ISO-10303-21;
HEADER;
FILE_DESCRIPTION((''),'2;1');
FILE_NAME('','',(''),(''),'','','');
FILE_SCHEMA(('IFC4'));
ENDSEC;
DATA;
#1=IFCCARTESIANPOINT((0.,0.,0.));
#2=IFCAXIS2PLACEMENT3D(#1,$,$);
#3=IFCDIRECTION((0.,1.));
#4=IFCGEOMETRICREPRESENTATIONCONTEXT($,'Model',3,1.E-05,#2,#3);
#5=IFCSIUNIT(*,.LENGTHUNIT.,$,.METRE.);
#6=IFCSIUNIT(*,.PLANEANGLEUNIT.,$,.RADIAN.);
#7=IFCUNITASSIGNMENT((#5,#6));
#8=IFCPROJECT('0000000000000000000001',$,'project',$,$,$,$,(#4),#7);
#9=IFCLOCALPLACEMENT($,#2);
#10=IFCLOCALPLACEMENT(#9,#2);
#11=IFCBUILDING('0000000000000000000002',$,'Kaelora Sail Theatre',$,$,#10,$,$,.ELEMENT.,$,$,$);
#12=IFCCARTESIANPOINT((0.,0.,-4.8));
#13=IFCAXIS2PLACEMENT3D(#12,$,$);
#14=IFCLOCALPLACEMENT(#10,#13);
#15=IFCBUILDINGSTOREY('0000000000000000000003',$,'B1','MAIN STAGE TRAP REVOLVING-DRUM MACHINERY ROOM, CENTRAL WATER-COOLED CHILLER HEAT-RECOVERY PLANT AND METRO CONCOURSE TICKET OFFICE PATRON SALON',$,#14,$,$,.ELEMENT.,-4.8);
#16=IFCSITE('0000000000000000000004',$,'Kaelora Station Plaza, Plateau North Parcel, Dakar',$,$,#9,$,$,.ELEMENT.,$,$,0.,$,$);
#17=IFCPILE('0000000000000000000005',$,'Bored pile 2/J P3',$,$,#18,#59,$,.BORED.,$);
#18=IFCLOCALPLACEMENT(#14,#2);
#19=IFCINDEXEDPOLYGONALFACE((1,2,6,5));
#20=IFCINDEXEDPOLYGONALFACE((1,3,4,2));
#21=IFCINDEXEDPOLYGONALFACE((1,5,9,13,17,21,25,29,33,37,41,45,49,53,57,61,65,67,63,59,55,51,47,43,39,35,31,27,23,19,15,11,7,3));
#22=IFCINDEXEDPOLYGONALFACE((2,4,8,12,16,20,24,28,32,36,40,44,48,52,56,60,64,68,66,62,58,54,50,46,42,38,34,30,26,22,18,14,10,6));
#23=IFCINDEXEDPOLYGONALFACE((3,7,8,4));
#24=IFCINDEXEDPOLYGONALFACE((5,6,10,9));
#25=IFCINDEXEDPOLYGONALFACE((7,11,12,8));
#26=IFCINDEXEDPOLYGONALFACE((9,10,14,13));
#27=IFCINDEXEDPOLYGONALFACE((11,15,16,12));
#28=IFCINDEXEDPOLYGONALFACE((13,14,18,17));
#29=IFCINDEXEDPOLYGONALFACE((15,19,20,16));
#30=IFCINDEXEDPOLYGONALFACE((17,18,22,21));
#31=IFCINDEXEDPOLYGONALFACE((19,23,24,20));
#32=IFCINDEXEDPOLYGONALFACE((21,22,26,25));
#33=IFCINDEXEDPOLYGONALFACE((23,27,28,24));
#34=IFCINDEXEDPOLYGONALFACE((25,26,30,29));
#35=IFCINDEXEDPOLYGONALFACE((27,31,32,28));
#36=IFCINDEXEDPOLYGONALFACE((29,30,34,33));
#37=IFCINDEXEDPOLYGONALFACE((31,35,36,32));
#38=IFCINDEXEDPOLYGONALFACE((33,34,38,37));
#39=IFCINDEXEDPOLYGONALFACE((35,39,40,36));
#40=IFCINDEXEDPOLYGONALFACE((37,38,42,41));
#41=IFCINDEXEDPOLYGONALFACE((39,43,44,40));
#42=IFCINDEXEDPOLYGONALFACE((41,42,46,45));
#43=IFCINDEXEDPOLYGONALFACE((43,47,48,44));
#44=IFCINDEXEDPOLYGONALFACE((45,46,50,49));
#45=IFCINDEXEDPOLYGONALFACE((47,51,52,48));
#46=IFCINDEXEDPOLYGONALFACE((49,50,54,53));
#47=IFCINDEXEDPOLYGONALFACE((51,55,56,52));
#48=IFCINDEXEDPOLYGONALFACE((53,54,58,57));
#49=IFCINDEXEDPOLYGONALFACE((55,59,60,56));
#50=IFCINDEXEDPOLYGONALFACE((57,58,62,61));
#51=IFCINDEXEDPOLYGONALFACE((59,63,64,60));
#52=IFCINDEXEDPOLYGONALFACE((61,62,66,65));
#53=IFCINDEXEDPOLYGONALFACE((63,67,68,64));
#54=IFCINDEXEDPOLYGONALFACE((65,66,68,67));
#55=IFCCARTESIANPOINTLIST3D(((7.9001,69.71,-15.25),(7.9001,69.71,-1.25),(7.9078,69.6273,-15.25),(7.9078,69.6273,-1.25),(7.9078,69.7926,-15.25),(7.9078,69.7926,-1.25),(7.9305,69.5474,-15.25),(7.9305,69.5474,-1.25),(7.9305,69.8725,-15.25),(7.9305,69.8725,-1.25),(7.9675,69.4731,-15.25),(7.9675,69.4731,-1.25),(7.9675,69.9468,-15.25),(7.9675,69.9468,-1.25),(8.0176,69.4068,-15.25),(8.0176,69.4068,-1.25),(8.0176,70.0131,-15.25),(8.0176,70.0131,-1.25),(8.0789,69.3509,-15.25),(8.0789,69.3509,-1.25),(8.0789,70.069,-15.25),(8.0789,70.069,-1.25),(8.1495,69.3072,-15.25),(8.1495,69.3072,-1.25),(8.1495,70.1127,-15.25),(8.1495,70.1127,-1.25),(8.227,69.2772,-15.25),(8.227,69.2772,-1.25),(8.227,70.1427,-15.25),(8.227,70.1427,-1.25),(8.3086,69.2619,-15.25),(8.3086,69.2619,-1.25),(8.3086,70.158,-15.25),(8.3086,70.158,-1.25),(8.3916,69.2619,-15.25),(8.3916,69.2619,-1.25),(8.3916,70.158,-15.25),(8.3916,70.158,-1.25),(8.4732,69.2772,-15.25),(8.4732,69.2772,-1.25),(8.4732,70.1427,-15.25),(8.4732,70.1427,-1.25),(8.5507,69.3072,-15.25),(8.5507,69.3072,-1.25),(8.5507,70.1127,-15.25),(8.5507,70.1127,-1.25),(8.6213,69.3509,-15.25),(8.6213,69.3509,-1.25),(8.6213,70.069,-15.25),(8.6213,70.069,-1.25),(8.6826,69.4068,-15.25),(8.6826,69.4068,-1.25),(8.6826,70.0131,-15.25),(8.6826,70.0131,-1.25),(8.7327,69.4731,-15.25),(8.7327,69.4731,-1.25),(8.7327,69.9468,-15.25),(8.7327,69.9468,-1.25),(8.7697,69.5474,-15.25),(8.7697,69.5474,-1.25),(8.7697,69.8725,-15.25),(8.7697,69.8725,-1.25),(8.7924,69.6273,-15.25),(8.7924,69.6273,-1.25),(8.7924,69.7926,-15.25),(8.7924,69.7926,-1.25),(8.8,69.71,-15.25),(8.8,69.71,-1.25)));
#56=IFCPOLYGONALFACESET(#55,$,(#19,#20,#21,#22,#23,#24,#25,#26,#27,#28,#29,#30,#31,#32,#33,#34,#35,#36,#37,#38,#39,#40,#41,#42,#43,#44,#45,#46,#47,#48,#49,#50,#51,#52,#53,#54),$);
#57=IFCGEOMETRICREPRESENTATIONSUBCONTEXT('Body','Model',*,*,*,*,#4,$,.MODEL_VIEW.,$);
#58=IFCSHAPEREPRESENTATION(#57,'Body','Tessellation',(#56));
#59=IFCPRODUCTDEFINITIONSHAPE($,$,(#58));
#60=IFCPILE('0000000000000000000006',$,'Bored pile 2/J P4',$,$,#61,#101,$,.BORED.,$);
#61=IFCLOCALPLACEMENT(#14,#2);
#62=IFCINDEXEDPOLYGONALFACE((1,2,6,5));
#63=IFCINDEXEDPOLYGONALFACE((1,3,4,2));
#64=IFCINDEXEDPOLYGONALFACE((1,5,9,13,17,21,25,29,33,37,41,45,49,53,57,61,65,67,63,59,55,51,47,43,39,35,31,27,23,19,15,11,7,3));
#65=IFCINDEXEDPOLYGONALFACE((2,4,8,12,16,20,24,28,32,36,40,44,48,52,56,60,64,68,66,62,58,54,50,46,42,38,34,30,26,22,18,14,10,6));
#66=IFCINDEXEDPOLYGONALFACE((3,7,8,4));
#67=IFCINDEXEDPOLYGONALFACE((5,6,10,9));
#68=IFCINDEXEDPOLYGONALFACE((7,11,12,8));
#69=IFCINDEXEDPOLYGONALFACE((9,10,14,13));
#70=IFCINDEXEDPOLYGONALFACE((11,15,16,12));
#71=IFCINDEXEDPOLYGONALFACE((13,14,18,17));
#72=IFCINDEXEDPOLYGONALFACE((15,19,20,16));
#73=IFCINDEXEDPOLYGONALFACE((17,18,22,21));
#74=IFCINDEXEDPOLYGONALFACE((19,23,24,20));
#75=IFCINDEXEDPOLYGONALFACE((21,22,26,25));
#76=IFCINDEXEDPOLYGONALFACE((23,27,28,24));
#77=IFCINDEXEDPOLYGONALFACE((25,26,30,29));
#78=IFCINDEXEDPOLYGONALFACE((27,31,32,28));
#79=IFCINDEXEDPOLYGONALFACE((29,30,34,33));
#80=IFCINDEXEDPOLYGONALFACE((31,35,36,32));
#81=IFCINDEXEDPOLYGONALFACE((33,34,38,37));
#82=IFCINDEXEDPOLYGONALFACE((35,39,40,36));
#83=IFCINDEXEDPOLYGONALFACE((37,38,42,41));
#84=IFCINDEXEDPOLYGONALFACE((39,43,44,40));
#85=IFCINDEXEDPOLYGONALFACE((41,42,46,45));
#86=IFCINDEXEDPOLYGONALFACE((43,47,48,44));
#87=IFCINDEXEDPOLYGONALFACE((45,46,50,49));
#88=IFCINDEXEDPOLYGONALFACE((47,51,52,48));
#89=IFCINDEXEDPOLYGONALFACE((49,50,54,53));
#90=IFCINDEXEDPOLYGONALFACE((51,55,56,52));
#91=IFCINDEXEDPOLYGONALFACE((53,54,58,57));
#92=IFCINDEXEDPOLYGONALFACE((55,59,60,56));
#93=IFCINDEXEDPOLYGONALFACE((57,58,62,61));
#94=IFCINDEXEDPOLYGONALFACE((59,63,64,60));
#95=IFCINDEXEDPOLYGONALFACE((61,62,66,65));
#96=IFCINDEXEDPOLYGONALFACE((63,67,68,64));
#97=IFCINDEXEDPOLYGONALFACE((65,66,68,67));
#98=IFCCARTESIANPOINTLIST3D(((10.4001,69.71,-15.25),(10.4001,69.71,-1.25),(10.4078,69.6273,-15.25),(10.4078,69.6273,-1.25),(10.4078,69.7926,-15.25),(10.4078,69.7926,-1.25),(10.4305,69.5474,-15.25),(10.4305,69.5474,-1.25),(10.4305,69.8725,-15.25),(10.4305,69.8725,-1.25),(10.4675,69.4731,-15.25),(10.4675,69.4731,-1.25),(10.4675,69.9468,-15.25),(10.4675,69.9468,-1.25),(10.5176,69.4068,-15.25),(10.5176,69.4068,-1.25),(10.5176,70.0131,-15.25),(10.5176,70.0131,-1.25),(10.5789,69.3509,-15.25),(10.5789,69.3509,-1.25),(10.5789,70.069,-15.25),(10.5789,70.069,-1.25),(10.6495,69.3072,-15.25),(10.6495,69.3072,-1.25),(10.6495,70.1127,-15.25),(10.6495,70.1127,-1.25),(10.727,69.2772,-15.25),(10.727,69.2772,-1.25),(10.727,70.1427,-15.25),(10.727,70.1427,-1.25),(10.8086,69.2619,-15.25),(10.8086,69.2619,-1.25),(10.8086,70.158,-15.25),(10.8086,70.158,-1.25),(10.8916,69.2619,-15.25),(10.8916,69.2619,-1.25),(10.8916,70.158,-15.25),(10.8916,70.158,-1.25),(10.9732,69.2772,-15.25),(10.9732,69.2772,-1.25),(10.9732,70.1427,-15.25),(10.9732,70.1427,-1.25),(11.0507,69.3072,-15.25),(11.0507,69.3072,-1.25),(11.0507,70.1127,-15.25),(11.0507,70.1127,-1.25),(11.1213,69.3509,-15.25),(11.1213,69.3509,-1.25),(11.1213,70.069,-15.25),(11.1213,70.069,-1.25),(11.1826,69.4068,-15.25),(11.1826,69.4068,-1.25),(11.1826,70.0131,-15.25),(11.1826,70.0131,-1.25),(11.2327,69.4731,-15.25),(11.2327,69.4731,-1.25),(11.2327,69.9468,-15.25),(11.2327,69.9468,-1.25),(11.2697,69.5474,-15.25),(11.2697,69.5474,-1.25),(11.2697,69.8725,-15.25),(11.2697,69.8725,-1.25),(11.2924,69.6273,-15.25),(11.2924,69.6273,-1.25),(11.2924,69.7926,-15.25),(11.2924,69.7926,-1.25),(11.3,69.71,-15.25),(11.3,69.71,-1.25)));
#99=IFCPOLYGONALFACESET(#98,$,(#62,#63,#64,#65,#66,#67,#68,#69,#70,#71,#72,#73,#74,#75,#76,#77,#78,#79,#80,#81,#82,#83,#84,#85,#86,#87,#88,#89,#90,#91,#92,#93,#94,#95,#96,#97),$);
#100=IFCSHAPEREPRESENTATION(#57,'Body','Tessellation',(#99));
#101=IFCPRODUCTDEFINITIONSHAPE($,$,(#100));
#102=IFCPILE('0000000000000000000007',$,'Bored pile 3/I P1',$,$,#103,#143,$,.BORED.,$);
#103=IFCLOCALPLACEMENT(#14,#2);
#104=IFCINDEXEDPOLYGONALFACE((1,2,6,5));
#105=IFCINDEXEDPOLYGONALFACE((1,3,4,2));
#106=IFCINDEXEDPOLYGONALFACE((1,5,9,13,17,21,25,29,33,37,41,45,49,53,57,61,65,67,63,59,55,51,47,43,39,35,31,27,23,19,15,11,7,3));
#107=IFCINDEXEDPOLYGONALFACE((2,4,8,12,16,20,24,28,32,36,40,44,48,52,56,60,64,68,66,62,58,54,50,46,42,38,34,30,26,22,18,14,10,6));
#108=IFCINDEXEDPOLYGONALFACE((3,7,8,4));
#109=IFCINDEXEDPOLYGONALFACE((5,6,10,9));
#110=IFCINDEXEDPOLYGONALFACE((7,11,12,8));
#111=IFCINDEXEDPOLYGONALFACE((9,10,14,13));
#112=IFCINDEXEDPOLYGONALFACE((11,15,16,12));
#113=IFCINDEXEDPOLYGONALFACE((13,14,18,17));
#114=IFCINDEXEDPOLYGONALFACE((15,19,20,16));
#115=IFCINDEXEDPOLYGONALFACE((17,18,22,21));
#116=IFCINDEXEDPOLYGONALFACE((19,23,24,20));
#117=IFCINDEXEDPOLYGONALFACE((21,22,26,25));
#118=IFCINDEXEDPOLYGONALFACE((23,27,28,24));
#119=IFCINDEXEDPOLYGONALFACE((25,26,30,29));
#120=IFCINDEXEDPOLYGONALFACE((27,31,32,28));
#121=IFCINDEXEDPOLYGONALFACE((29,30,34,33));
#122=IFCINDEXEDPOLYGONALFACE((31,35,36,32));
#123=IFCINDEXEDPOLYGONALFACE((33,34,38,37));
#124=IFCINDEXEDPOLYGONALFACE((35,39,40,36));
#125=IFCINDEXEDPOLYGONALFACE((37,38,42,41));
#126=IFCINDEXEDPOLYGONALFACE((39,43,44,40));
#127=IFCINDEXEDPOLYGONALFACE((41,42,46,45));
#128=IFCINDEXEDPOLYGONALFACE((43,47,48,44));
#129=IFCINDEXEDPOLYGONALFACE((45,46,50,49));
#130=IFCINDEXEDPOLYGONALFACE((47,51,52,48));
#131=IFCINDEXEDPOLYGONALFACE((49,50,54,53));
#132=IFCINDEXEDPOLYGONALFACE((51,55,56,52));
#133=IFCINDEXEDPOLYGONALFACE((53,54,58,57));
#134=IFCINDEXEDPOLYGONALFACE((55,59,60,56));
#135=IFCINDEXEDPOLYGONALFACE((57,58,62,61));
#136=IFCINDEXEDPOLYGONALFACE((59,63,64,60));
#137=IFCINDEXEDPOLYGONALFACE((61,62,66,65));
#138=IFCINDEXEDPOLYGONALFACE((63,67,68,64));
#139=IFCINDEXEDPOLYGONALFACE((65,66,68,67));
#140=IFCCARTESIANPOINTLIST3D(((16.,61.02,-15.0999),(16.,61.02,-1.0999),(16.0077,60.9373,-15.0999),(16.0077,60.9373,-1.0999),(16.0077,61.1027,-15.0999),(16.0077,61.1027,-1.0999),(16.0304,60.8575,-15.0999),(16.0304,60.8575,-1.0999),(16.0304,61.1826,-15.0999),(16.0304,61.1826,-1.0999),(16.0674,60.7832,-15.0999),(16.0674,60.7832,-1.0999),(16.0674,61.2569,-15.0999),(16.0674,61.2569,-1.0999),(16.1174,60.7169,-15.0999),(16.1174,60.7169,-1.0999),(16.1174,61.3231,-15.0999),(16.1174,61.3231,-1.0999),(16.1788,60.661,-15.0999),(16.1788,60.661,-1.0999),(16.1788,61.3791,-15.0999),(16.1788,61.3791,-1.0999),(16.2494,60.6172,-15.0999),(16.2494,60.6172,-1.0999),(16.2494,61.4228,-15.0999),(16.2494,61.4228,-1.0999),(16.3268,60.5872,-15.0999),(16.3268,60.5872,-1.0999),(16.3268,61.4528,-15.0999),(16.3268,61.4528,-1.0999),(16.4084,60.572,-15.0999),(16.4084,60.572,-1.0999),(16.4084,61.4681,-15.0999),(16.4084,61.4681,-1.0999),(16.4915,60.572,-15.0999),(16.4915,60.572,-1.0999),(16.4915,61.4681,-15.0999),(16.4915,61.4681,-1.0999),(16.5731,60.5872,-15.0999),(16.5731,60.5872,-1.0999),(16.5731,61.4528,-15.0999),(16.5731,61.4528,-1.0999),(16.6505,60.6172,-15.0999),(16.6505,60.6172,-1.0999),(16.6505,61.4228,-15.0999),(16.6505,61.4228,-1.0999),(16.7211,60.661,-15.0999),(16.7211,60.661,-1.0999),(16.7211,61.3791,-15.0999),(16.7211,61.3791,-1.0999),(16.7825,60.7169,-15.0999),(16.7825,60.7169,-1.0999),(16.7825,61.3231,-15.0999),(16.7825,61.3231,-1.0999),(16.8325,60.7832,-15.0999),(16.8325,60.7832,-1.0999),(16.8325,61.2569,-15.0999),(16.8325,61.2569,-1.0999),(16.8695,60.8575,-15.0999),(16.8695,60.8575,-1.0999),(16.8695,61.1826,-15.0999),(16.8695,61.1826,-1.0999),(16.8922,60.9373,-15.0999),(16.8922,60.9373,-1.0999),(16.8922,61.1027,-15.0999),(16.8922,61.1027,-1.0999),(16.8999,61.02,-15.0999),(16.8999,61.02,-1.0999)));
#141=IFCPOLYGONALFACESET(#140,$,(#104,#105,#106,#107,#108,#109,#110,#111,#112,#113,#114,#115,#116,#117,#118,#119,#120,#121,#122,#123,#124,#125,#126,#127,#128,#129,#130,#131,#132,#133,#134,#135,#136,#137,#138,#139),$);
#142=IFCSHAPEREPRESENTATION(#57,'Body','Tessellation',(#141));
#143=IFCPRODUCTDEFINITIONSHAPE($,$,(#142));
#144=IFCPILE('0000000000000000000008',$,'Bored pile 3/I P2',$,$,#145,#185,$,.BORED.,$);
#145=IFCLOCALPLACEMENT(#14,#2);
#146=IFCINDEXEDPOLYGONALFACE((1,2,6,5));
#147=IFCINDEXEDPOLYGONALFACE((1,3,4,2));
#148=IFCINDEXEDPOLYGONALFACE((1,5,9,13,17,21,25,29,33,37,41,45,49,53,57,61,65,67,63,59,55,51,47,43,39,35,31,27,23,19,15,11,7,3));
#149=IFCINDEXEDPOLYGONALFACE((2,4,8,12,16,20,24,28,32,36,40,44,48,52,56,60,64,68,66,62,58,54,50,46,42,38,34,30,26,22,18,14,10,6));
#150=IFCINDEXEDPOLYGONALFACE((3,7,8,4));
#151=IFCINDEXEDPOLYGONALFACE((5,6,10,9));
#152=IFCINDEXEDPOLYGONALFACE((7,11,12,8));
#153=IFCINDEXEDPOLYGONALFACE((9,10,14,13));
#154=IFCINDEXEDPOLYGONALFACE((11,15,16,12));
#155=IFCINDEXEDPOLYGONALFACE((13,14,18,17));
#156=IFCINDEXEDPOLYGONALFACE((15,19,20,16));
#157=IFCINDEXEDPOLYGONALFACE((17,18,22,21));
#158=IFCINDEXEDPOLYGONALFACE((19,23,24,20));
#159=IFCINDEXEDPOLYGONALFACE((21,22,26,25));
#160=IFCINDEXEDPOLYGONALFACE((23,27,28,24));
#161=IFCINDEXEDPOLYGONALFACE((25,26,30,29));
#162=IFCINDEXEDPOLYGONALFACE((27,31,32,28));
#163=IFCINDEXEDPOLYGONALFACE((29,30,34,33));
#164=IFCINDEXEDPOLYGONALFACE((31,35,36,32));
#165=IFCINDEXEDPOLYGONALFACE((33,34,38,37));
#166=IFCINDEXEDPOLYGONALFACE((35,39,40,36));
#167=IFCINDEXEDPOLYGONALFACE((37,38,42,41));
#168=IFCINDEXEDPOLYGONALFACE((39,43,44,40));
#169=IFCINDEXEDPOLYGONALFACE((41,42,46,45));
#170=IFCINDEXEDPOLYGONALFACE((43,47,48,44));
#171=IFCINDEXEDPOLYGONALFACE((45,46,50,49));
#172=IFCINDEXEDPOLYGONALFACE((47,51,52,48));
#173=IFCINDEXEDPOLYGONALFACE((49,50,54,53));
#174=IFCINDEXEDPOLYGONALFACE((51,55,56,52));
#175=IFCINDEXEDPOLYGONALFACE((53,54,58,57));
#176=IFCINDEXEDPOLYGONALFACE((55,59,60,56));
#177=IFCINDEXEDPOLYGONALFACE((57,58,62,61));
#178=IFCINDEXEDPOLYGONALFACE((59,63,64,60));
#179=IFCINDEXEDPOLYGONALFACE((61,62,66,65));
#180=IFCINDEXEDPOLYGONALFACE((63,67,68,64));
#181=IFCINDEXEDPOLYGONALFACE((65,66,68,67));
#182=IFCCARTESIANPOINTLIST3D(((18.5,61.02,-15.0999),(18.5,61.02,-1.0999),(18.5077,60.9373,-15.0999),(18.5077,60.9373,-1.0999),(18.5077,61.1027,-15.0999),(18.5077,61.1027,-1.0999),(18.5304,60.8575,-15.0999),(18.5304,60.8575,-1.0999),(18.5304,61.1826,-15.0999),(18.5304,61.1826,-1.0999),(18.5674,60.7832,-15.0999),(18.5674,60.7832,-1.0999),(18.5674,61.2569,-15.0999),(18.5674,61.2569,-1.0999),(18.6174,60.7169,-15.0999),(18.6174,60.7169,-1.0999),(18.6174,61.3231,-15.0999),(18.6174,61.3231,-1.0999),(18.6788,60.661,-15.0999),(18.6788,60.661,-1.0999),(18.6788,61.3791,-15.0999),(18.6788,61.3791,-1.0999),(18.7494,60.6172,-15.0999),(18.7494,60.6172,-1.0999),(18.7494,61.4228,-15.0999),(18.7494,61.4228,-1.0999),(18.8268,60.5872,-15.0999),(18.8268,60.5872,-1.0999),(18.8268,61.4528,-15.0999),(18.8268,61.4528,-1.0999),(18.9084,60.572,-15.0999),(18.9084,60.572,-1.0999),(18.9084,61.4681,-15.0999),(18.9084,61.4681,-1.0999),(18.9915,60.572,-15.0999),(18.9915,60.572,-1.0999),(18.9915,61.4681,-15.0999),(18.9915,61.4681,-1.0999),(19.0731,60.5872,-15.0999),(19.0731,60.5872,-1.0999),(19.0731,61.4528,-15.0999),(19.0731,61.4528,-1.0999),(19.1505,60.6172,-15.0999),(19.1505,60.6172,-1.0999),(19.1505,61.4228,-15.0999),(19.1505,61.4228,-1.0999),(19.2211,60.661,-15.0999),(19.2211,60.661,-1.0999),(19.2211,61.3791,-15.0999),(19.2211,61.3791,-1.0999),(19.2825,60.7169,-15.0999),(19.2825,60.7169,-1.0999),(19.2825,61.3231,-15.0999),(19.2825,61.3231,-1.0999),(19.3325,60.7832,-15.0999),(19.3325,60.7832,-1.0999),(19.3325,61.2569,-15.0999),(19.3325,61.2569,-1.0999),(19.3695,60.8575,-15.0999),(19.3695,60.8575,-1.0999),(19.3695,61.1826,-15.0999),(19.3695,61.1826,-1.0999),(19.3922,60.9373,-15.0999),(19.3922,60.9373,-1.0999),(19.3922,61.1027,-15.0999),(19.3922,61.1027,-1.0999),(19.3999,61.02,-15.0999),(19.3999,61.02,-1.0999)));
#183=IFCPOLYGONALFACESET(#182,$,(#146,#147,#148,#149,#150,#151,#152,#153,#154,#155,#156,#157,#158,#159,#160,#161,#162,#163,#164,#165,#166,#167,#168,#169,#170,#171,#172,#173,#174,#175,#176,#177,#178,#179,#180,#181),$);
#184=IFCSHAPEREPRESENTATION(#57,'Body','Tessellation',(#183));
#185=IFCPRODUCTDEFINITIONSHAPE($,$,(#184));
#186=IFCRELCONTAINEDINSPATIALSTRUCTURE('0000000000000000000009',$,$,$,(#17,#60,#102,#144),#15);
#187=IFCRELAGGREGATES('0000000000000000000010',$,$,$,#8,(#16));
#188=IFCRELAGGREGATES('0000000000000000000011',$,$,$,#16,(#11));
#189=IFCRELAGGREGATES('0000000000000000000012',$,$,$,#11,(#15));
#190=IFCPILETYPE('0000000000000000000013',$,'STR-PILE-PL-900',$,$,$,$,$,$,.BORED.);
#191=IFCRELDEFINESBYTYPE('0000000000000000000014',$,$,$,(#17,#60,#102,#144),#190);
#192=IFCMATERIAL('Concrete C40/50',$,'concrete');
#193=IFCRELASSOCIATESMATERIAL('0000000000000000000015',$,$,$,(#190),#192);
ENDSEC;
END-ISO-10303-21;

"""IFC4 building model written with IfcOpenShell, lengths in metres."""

from ifc_helpers import new_model, si_unit, direction, frame, origin, origin_2d, place, context, subcontext, project, spatial, circle, extrude, material, material_profile, profile_set, type_object, element, save


model = new_model("IFC4")

# Units and contexts
model_context = context("Model", 3, precision=1e-05, world=origin(), true_north=direction((0.0, 1.0)))
body_context = subcontext(model_context, "Body", "Model", "MODEL_VIEW")
ifc_project = project(units=[si_unit("LENGTHUNIT", "METRE"), si_unit("PLANEANGLEUNIT", "RADIAN")], contexts=[model_context])

# Site, building, storey
site_placement = place(None, origin())
site = spatial("IfcSite", under=ifc_project, at=site_placement, Name="Kaelora Station Plaza, Plateau North Parcel, Dakar", CompositionType="ELEMENT", RefElevation=0.0)
building_placement = place(site_placement, origin())
building = spatial("IfcBuilding", under=site, at=building_placement, Name="Kaelora Sail Theatre", CompositionType="ELEMENT")
storey_placement = place(building_placement, frame((0.0, 0.0, -4.8)))
storey = spatial("IfcBuildingStorey", under=building, at=storey_placement, Name="B1", Description="MAIN STAGE TRAP REVOLVING-DRUM MACHINERY ROOM, CENTRAL WATER-COOLED CHILLER HEAT-RECOVERY PLANT AND METRO CONCOURSE TICKET OFFICE PATRON SALON", CompositionType="ELEMENT", Elevation=-4.8)

# Piles
ifc_material_1 = material(Name="Concrete C40/50", Category="concrete")
ifc_material_profile_1 = material_profile(ifc_material_1, circle(Radius=0.45, at=origin_2d()), Name="PILE D900")
ifc_profile_set_1 = profile_set([ifc_material_profile_1], Name="Concrete C40/50")
pile_type = type_object("IfcPileType", Name="STR-PILE-PL-900", PredefinedType="BORED", material=ifc_profile_set_1)
for number, where, z_axis, x_axis, name in (
    (1, (8.3501, 69.71, -1.25), (0.0, 0.0, -1.0), (1.0, 0.0, 0.0), "Bored pile 2/J P3"),
    (2, (10.8501, 69.71, -1.25), (0.0, 0.0, -1.0), (1.0, 0.0, 0.0), "Bored pile 2/J P4"),
    (3, (16.45, 61.02, -1.0999), (0.0, 0.0, -1.0), (1.0, 0.0, 0.0), "Bored pile 3/I P1"),
    (4, (18.95, 61.02, -1.0999), (0.0, 0.0, -1.0), (1.0, 0.0, 0.0), "Bored pile 3/I P2"),
):
    element("IfcPile", number, at=place(storey_placement, frame(where, z_axis=z_axis, x_axis=x_axis)), inside=storey, type_object=pile_type, Name=name, PredefinedType="BORED", context=body_context, shape_type="SweptSolid", body=[
        extrude(circle(Radius=0.45, at=origin_2d()), origin(), (0.0, 0.0, 1.0), 14.0),
    ])

save(model, "model.ifc")
